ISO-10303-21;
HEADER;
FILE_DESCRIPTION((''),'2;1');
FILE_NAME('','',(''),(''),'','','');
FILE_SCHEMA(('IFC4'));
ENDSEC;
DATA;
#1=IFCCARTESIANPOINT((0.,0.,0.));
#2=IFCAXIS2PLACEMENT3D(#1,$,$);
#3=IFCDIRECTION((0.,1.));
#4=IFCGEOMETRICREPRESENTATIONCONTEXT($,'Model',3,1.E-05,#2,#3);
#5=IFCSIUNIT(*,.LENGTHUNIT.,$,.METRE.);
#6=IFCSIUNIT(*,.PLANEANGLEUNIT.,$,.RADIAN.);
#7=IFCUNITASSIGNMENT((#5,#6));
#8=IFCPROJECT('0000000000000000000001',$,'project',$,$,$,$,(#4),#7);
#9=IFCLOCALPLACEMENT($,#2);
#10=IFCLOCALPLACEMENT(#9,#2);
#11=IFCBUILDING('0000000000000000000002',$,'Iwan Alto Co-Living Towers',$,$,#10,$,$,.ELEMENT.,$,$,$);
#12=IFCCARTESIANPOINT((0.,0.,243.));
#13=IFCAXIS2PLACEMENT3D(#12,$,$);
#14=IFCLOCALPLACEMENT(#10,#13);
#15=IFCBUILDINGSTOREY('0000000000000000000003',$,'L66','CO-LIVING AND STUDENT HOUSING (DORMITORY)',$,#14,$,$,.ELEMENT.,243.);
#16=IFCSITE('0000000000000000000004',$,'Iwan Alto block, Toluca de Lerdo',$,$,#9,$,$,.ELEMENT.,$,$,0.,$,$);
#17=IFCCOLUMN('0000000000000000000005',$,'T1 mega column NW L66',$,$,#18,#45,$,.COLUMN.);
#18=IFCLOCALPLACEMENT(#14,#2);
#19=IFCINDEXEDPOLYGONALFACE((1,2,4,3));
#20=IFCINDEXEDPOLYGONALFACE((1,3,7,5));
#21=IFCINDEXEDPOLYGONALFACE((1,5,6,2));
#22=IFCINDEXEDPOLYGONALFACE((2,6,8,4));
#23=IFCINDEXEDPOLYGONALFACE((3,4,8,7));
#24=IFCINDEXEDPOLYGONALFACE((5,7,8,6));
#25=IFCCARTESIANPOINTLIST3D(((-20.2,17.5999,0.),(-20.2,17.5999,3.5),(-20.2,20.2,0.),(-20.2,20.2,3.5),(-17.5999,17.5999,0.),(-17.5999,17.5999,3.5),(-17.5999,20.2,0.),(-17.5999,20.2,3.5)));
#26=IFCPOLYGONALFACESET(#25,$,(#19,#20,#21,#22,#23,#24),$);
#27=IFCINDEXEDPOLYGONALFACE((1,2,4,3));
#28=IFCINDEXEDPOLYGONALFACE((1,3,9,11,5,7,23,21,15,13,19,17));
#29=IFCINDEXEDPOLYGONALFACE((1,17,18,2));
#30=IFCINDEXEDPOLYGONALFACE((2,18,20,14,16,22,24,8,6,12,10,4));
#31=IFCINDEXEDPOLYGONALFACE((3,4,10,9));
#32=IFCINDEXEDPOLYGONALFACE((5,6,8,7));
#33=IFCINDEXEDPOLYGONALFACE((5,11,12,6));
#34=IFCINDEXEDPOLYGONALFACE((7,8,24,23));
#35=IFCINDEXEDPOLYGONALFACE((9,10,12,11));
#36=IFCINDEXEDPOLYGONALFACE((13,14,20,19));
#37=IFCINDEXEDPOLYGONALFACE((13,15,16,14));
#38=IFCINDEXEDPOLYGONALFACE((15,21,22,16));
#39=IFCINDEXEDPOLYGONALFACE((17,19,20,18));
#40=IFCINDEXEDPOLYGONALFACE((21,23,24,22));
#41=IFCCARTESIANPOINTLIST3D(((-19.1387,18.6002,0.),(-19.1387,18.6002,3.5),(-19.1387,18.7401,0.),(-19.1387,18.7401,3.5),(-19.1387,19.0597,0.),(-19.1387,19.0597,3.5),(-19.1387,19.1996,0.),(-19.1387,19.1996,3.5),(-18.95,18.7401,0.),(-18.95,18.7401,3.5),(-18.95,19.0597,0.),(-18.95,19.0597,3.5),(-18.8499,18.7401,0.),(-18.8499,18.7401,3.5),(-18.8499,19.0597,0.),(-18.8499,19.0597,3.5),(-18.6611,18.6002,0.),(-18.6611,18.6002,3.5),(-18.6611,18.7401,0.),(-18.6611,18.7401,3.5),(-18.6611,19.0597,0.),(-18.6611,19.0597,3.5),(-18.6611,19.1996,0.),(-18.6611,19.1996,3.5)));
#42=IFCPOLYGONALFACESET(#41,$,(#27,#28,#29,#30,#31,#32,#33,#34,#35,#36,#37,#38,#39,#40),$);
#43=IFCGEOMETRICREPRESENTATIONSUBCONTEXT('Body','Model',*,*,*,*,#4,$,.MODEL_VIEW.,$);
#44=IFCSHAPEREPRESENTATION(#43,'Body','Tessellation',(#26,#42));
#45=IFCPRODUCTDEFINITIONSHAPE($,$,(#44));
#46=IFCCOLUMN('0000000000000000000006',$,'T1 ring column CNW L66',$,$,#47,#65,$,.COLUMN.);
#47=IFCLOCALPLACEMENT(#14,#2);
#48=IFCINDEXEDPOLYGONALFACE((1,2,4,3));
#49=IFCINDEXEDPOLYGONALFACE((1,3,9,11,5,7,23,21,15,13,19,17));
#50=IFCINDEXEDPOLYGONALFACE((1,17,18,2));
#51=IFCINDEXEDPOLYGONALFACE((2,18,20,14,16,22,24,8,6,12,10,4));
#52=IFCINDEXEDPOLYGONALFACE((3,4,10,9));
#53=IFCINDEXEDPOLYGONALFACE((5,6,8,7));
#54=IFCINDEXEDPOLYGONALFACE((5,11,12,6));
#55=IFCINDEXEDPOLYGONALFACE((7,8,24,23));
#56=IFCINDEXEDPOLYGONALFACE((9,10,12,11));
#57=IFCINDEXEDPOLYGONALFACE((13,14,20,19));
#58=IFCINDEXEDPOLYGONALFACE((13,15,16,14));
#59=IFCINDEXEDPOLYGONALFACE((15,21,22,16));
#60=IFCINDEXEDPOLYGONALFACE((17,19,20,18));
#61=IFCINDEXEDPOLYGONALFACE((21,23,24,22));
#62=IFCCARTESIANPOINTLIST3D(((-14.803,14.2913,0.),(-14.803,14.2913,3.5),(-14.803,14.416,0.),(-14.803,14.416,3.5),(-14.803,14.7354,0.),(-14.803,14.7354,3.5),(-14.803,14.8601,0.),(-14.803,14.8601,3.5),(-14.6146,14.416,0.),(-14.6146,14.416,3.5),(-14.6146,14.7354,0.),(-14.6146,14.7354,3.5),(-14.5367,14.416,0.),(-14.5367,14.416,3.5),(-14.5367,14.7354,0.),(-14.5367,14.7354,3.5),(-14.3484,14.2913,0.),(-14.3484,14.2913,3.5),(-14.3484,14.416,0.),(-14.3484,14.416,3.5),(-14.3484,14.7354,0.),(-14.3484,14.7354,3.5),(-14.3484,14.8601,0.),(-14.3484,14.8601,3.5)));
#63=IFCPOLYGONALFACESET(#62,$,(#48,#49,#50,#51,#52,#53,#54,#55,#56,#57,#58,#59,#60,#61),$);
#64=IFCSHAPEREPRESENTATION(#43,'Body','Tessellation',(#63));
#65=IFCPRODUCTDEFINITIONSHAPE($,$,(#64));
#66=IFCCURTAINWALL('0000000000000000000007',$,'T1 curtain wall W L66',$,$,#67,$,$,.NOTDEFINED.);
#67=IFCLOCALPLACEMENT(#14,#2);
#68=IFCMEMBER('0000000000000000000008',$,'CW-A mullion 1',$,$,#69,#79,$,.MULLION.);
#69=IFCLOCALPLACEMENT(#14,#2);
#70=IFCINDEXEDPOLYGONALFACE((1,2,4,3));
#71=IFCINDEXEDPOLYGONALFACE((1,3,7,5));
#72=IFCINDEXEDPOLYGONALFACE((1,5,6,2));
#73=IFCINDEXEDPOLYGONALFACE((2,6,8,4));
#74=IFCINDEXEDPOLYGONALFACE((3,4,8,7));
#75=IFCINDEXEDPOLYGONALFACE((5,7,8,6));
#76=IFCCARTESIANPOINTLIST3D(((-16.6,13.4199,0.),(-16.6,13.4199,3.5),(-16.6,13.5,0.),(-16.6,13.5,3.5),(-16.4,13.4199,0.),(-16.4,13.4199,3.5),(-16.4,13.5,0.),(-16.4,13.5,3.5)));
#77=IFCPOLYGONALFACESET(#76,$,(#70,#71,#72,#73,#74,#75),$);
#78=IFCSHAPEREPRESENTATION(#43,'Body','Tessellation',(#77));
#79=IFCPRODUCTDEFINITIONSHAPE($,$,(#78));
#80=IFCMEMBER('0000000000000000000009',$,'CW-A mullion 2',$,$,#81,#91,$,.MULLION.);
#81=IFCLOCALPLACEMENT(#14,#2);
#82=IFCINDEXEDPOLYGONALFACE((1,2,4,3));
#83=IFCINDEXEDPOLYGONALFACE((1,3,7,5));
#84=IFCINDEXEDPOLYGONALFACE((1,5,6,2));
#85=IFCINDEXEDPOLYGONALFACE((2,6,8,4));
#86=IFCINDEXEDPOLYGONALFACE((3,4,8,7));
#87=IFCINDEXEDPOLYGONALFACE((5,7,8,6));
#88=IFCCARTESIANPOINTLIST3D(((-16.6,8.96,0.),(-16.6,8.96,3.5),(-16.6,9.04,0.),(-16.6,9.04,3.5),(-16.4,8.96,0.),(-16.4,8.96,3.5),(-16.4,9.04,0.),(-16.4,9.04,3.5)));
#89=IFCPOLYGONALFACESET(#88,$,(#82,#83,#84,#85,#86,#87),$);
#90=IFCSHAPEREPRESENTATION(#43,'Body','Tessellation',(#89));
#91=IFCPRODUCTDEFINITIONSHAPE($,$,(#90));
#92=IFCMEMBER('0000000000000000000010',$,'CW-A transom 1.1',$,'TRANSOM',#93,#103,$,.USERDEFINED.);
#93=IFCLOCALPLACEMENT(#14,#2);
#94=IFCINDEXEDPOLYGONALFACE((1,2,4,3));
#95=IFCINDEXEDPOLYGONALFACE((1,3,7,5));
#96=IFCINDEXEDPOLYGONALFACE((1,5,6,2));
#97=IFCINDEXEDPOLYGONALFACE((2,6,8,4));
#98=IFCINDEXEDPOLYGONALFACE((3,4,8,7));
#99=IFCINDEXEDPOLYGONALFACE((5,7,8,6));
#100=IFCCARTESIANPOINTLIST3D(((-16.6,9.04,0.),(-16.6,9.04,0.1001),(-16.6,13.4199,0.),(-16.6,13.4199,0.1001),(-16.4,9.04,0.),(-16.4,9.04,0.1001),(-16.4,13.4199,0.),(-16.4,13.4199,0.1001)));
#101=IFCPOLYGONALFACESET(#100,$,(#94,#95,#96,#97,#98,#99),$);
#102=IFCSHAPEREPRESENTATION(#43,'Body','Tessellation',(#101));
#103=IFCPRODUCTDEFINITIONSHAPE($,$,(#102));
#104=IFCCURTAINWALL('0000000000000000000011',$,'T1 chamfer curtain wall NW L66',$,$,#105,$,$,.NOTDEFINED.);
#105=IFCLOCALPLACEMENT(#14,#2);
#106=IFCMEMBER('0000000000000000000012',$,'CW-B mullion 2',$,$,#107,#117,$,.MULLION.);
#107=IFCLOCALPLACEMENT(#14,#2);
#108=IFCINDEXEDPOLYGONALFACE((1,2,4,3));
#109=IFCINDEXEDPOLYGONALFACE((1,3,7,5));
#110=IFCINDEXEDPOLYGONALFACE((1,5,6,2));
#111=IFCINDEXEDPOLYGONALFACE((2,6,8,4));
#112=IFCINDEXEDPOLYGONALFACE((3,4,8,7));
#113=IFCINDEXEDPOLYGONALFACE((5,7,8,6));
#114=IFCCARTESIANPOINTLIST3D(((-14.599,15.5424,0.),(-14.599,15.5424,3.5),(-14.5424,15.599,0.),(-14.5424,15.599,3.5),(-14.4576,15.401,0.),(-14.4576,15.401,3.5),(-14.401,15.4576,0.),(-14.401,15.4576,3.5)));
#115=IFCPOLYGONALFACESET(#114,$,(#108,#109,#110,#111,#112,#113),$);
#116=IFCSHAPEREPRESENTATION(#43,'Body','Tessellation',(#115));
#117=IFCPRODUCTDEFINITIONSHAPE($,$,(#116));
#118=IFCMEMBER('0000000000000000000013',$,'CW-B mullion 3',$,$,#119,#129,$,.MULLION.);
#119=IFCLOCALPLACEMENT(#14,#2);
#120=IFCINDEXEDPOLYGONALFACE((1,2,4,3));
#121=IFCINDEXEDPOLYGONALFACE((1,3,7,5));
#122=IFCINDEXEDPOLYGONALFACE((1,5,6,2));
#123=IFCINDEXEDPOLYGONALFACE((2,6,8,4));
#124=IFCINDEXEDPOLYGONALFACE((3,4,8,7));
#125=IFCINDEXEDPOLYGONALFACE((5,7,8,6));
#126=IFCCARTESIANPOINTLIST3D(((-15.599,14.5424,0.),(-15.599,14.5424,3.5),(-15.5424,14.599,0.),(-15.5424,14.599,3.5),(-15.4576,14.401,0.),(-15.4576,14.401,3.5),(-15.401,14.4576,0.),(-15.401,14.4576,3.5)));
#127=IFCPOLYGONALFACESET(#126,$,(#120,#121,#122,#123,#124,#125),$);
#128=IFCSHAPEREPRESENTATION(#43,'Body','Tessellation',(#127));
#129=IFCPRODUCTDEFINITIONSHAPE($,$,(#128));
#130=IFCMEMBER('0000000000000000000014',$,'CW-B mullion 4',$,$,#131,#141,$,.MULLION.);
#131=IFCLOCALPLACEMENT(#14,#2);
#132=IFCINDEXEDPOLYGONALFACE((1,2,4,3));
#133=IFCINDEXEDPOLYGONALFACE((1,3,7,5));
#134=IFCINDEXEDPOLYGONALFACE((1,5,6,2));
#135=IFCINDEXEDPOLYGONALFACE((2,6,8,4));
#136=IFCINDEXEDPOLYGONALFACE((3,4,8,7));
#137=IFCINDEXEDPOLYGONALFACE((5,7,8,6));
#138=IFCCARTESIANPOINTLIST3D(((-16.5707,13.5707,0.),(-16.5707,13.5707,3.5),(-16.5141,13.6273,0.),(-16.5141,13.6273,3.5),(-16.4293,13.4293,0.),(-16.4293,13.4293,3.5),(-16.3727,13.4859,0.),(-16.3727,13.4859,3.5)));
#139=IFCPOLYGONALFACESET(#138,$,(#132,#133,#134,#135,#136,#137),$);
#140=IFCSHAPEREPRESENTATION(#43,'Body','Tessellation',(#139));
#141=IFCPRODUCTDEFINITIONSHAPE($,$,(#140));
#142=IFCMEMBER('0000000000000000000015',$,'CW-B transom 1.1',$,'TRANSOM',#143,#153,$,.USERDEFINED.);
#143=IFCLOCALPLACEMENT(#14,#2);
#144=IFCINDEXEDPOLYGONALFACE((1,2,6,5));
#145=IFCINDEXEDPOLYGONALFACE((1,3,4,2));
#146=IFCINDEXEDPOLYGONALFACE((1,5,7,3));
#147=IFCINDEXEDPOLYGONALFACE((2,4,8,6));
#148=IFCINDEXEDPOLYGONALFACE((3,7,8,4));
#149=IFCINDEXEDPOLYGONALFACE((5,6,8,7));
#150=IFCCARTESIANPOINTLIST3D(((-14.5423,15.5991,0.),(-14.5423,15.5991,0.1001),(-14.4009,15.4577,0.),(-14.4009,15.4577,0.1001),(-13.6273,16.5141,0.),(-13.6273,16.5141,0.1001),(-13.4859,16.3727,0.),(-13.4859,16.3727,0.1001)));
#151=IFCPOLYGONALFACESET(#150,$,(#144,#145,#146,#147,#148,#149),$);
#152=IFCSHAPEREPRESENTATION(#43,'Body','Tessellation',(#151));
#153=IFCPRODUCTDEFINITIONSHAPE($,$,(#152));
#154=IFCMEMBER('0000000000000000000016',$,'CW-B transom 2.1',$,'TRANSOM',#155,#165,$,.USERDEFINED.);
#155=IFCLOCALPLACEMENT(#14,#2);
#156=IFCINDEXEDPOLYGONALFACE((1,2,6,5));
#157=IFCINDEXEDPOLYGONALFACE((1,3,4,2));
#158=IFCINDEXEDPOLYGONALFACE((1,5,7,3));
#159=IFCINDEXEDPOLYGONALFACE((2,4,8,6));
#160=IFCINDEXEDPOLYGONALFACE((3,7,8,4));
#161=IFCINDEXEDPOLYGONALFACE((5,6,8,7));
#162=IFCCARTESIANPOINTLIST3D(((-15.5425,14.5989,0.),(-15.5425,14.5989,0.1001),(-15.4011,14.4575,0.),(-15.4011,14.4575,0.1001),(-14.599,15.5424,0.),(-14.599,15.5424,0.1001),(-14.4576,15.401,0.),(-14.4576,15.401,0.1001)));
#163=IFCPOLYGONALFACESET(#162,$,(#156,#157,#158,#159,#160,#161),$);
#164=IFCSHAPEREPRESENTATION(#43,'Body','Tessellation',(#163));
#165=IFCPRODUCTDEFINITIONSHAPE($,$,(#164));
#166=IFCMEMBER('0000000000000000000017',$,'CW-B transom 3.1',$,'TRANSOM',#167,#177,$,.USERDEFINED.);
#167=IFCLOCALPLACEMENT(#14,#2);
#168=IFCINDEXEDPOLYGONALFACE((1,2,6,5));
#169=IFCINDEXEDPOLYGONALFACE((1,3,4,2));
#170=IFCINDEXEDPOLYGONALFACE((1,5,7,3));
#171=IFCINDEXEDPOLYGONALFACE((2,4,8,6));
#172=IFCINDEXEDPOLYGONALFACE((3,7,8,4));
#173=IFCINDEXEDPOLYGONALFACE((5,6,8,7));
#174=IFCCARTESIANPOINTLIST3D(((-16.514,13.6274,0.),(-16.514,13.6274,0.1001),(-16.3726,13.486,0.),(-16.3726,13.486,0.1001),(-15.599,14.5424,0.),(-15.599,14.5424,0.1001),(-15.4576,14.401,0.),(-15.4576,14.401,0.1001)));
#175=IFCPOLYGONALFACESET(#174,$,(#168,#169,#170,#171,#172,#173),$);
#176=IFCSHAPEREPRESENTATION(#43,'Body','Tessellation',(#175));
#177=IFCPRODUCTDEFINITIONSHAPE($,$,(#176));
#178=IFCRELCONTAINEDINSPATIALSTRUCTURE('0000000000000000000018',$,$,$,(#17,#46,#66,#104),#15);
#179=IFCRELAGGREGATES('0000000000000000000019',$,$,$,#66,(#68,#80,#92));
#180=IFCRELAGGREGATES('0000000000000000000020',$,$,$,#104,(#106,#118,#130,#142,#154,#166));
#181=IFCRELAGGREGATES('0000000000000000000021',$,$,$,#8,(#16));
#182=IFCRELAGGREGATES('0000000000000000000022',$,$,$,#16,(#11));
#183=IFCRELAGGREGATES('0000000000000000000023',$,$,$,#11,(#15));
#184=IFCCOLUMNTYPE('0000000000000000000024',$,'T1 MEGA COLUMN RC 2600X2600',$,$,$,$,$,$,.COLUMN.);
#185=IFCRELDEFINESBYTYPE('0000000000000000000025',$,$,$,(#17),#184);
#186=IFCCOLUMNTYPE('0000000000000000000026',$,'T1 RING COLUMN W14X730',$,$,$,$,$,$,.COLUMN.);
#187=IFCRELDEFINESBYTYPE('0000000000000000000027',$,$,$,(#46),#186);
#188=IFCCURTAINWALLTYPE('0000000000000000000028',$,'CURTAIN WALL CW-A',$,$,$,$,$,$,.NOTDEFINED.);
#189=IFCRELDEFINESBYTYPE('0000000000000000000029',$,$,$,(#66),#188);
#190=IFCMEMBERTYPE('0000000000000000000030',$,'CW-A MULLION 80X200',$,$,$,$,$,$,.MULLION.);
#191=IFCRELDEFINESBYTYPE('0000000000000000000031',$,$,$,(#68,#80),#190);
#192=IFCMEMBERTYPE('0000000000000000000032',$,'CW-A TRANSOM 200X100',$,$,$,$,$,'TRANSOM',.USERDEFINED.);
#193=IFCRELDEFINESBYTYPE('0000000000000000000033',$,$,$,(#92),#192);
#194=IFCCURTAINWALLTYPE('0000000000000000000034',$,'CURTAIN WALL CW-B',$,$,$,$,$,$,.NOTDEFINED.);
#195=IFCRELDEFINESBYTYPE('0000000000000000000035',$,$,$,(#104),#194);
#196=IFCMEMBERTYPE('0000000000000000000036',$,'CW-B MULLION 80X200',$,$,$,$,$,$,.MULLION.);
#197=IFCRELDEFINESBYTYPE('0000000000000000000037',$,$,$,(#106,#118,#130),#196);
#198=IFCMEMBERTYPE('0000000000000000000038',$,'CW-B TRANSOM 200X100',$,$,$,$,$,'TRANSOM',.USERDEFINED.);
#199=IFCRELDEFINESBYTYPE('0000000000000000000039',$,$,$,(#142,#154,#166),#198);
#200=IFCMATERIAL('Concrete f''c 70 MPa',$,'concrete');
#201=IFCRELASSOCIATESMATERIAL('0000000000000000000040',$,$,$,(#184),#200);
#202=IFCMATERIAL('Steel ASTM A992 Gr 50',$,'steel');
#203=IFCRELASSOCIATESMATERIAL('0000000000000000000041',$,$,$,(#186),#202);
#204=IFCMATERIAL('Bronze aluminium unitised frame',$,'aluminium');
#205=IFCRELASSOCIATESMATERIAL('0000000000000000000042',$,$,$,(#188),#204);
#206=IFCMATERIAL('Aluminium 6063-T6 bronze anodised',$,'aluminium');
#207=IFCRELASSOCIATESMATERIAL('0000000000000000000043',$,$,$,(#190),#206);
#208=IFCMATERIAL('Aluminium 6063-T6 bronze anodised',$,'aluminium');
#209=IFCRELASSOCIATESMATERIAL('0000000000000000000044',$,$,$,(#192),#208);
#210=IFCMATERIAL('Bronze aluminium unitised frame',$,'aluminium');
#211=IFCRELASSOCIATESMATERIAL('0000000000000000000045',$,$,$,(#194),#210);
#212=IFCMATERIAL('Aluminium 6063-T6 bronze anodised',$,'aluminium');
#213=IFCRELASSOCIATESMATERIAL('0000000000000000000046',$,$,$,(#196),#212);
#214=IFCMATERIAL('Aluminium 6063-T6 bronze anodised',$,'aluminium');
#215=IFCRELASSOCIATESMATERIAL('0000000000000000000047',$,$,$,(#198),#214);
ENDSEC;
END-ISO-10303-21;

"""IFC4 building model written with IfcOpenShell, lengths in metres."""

from ifc_helpers import new_model, si_unit, direction, frame, origin, origin_2d, place, context, subcontext, project, spatial, rectangle, i_section, extrude, material, material_profile, profile_set, type_object, element, aggregate, save


model = new_model("IFC4")

# Units and contexts
model_context = context("Model", 3, precision=1e-05, world=origin(), true_north=direction((0.0, 1.0)))
body_context = subcontext(model_context, "Body", "Model", "MODEL_VIEW")
ifc_project = project(units=[si_unit("LENGTHUNIT", "METRE"), si_unit("PLANEANGLEUNIT", "RADIAN")], contexts=[model_context])

# Site, building, storey
site_placement = place(None, origin())
site = spatial("IfcSite", under=ifc_project, at=site_placement, Name="Iwan Alto block, Toluca de Lerdo", CompositionType="ELEMENT", RefElevation=0.0)
building_placement = place(site_placement, origin())
building = spatial("IfcBuilding", under=site, at=building_placement, Name="Iwan Alto Co-Living Towers", CompositionType="ELEMENT")
storey_placement = place(building_placement, frame((0.0, 0.0, 243.0)))
storey = spatial("IfcBuildingStorey", under=building, at=storey_placement, Name="L66", Description="CO-LIVING AND STUDENT HOUSING (DORMITORY)", CompositionType="ELEMENT", Elevation=243.0)

# Columns
ifc_material_1 = material(Name="Concrete f'c 70 MPa", Category="concrete")
ifc_material_profile_1 = material_profile(ifc_material_1, rectangle(XDim=2.6001, YDim=2.6001, at=origin_2d()), Name="RC 2600X2600")
ifc_profile_set_1 = profile_set([ifc_material_profile_1], Name="Concrete f'c 70 MPa")
column_type_1 = type_object("IfcColumnType", Name="T1 MEGA COLUMN RC 2600X2600", PredefinedType="COLUMN", material=ifc_profile_set_1)
column_1_placement = place(storey_placement, frame((-18.8999, 18.8999, 0.0), z_axis=(0.0, 0.0, 1.0), x_axis=(1.0, 0.0, 0.0)))
element("IfcColumn", 1, at=column_1_placement, inside=storey, type_object=column_type_1, Name="T1 mega column NW L66", PredefinedType="COLUMN", context=body_context, shape_type="SweptSolid", body=[
    extrude(rectangle(XDim=2.6001, YDim=2.6001, at=origin_2d()), origin(), (0.0, 0.0, 1.0), 3.5),
    extrude(i_section(OverallWidth=0.4775, OverallDepth=0.5994, WebThickness=0.1001, FlangeThickness=0.1399, at=origin_2d()), origin(), (0.0, 0.0, 1.0), 3.5),
])
ifc_material_2 = material(Name="Steel ASTM A992 Gr 50", Category="steel")
ifc_material_profile_2 = material_profile(ifc_material_2, i_section(OverallWidth=0.4546, OverallDepth=0.5688, WebThickness=0.0779, FlangeThickness=0.1248, at=origin_2d()), Name="W14X730")
ifc_profile_set_2 = profile_set([ifc_material_profile_2], Name="Steel ASTM A992 Gr 50")
column_type_2 = type_object("IfcColumnType", Name="T1 RING COLUMN W14X730", PredefinedType="COLUMN", material=ifc_profile_set_2)
column_2_placement = place(storey_placement, frame((-14.5757, 14.5757, 0.0), z_axis=(0.0, 0.0, 1.0), x_axis=(1.0, 0.0, 0.0)))
element("IfcColumn", 2, at=column_2_placement, inside=storey, type_object=column_type_2, Name="T1 ring column CNW L66", PredefinedType="COLUMN", context=body_context, shape_type="SweptSolid", body=[
    extrude(i_section(OverallWidth=0.4546, OverallDepth=0.5688, WebThickness=0.0779, FlangeThickness=0.1248, at=origin_2d()), origin(), (0.0, 0.0, 1.0), 3.5),
])

# Curtain walls, members
ifc_material_3 = material(Name="Bronze aluminium unitised frame", Category="aluminium")
curtain_wall_type_1 = type_object("IfcCurtainWallType", Name="CURTAIN WALL CW-A", PredefinedType="NOTDEFINED", material=ifc_material_3)
curtain_wall_1_placement = place(storey_placement, origin())
curtain_wall_1 = element("IfcCurtainWall", 3, at=curtain_wall_1_placement, inside=storey, type_object=curtain_wall_type_1, Name="T1 curtain wall W L66", PredefinedType="NOTDEFINED")
ifc_material_4 = material(Name="Aluminium 6063-T6 bronze anodised", Category="aluminium")
ifc_material_profile_3 = material_profile(ifc_material_4, rectangle(XDim=0.2, YDim=0.0801, at=origin_2d()), Name="AL 80X200")
ifc_profile_set_3 = profile_set([ifc_material_profile_3], Name="Aluminium 6063-T6 bronze anodised")
member_type_1 = type_object("IfcMemberType", Name="CW-A MULLION 80X200", PredefinedType="MULLION", material=ifc_profile_set_3)
member_1_placement = place(storey_placement, frame((-16.5, 13.46, 0.0), z_axis=(0.0, 0.0, 1.0), x_axis=(1.0, 0.0, 0.0)))
member_1 = element("IfcMember", 4, at=member_1_placement, type_object=member_type_1, Name="CW-A mullion 1", PredefinedType="MULLION", context=body_context, shape_type="SweptSolid", body=[
    extrude(rectangle(XDim=0.2, YDim=0.0801, at=origin_2d()), origin(), (0.0, 0.0, 1.0), 3.5),
])
member_2_placement = place(storey_placement, frame((-16.5, 9.0, 0.0), z_axis=(0.0, 0.0, 1.0), x_axis=(1.0, 0.0, 0.0)))
member_2 = element("IfcMember", 5, at=member_2_placement, type_object=member_type_1, Name="CW-A mullion 2", PredefinedType="MULLION", context=body_context, shape_type="SweptSolid", body=[
    extrude(rectangle(XDim=0.2, YDim=0.0801, at=origin_2d()), origin(), (0.0, 0.0, 1.0), 3.5),
])
ifc_material_5 = material(Name="Aluminium 6063-T6 bronze anodised", Category="aluminium")
ifc_material_profile_4 = material_profile(ifc_material_5, rectangle(XDim=0.2, YDim=0.1001, at=origin_2d()), Name="AL 200X100")
ifc_profile_set_4 = profile_set([ifc_material_profile_4], Name="Aluminium 6063-T6 bronze anodised")
member_type_2 = type_object("IfcMemberType", Name="CW-A TRANSOM 200X100", ElementType="TRANSOM", PredefinedType="USERDEFINED", material=ifc_profile_set_4)
member_3_placement = place(storey_placement, frame((-16.5, 13.4199, 0.05), z_axis=(0.0, -1.0, 0.0), x_axis=(1.0, 0.0, 0.0)))
member_3 = element("IfcMember", 6, at=member_3_placement, type_object=member_type_2, Name="CW-A transom 1.1", ObjectType="TRANSOM", PredefinedType="USERDEFINED", context=body_context, shape_type="SweptSolid", body=[
    extrude(rectangle(XDim=0.2, YDim=0.1001, at=origin_2d()), origin(), (0.0, 0.0, 1.0), 4.3799),
])
ifc_material_6 = material(Name="Bronze aluminium unitised frame", Category="aluminium")
curtain_wall_type_2 = type_object("IfcCurtainWallType", Name="CURTAIN WALL CW-B", PredefinedType="NOTDEFINED", material=ifc_material_6)
curtain_wall_2_placement = place(storey_placement, origin())
curtain_wall_2 = element("IfcCurtainWall", 7, at=curtain_wall_2_placement, inside=storey, type_object=curtain_wall_type_2, Name="T1 chamfer curtain wall NW L66", PredefinedType="NOTDEFINED")
ifc_material_7 = material(Name="Aluminium 6063-T6 bronze anodised", Category="aluminium")
ifc_material_profile_5 = material_profile(ifc_material_7, rectangle(XDim=0.2, YDim=0.0801, at=origin_2d()), Name="AL 80X200")
ifc_profile_set_5 = profile_set([ifc_material_profile_5], Name="Aluminium 6063-T6 bronze anodised")
member_type_3 = type_object("IfcMemberType", Name="CW-B MULLION 80X200", PredefinedType="MULLION", material=ifc_profile_set_5)
member_4_placement = place(storey_placement, frame((-14.5, 15.5, 0.0), z_axis=(0.0, 0.0, 1.0), x_axis=(0.707107, -0.707107, 0.0)))
member_4 = element("IfcMember", 8, at=member_4_placement, type_object=member_type_3, Name="CW-B mullion 2", PredefinedType="MULLION", context=body_context, shape_type="SweptSolid", body=[
    extrude(rectangle(XDim=0.2, YDim=0.0801, at=origin_2d()), origin(), (0.0, 0.0, 1.0), 3.5),
])
member_5_placement = place(storey_placement, frame((-15.5, 14.5, 0.0), z_axis=(0.0, 0.0, 1.0), x_axis=(0.707107, -0.707107, 0.0)))
member_5 = element("IfcMember", 9, at=member_5_placement, type_object=member_type_3, Name="CW-B mullion 3", PredefinedType="MULLION", context=body_context, shape_type="SweptSolid", body=[
    extrude(rectangle(XDim=0.2, YDim=0.0801, at=origin_2d()), origin(), (0.0, 0.0, 1.0), 3.5),
])
member_6_placement = place(storey_placement, frame((-16.4717, 13.5283, 0.0), z_axis=(0.0, 0.0, 1.0), x_axis=(0.707107, -0.707107, 0.0)))
member_6 = element("IfcMember", 10, at=member_6_placement, type_object=member_type_3, Name="CW-B mullion 4", PredefinedType="MULLION", context=body_context, shape_type="SweptSolid", body=[
    extrude(rectangle(XDim=0.2, YDim=0.0801, at=origin_2d()), origin(), (0.0, 0.0, 1.0), 3.5),
])
ifc_material_8 = material(Name="Aluminium 6063-T6 bronze anodised", Category="aluminium")
ifc_material_profile_6 = material_profile(ifc_material_8, rectangle(XDim=0.2, YDim=0.1001, at=origin_2d()), Name="AL 200X100")
ifc_profile_set_6 = profile_set([ifc_material_profile_6], Name="Aluminium 6063-T6 bronze anodised")
member_type_4 = type_object("IfcMemberType", Name="CW-B TRANSOM 200X100", ElementType="TRANSOM", PredefinedType="USERDEFINED", material=ifc_profile_set_6)
member_7_placement = place(storey_placement, frame((-13.5566, 16.4434, 0.05), z_axis=(-0.707107, -0.707107, 0.0), x_axis=(0.707107, -0.707107, 0.0)))
member_7 = element("IfcMember", 11, at=member_7_placement, type_object=member_type_4, Name="CW-B transom 1.1", ObjectType="TRANSOM", PredefinedType="USERDEFINED", context=body_context, shape_type="SweptSolid", body=[
    extrude(rectangle(XDim=0.2, YDim=0.1001, at=origin_2d()), origin(), (0.0, 0.0, 1.0), 1.2939),
])
member_8_placement = place(storey_placement, frame((-14.5283, 15.4717, 0.05), z_axis=(-0.707107, -0.707107, 0.0), x_axis=(0.707107, -0.707107, 0.0)))
member_8 = element("IfcMember", 12, at=member_8_placement, type_object=member_type_4, Name="CW-B transom 2.1", ObjectType="TRANSOM", PredefinedType="USERDEFINED", context=body_context, shape_type="SweptSolid", body=[
    extrude(rectangle(XDim=0.2, YDim=0.1001, at=origin_2d()), origin(), (0.0, 0.0, 1.0), 1.3342),
])
member_9_placement = place(storey_placement, frame((-15.5283, 14.4717, 0.05), z_axis=(-0.707107, -0.707107, 0.0), x_axis=(0.707107, -0.707107, 0.0)))
member_9 = element("IfcMember", 13, at=member_9_placement, type_object=member_type_4, Name="CW-B transom 3.1", ObjectType="TRANSOM", PredefinedType="USERDEFINED", context=body_context, shape_type="SweptSolid", body=[
    extrude(rectangle(XDim=0.2, YDim=0.1001, at=origin_2d()), origin(), (0.0, 0.0, 1.0), 1.2939),
])

aggregate(curtain_wall_1, [member_1, member_2, member_3])
aggregate(curtain_wall_2, [member_4, member_5, member_6, member_7, member_8, member_9])

save(model, "model.ifc")
